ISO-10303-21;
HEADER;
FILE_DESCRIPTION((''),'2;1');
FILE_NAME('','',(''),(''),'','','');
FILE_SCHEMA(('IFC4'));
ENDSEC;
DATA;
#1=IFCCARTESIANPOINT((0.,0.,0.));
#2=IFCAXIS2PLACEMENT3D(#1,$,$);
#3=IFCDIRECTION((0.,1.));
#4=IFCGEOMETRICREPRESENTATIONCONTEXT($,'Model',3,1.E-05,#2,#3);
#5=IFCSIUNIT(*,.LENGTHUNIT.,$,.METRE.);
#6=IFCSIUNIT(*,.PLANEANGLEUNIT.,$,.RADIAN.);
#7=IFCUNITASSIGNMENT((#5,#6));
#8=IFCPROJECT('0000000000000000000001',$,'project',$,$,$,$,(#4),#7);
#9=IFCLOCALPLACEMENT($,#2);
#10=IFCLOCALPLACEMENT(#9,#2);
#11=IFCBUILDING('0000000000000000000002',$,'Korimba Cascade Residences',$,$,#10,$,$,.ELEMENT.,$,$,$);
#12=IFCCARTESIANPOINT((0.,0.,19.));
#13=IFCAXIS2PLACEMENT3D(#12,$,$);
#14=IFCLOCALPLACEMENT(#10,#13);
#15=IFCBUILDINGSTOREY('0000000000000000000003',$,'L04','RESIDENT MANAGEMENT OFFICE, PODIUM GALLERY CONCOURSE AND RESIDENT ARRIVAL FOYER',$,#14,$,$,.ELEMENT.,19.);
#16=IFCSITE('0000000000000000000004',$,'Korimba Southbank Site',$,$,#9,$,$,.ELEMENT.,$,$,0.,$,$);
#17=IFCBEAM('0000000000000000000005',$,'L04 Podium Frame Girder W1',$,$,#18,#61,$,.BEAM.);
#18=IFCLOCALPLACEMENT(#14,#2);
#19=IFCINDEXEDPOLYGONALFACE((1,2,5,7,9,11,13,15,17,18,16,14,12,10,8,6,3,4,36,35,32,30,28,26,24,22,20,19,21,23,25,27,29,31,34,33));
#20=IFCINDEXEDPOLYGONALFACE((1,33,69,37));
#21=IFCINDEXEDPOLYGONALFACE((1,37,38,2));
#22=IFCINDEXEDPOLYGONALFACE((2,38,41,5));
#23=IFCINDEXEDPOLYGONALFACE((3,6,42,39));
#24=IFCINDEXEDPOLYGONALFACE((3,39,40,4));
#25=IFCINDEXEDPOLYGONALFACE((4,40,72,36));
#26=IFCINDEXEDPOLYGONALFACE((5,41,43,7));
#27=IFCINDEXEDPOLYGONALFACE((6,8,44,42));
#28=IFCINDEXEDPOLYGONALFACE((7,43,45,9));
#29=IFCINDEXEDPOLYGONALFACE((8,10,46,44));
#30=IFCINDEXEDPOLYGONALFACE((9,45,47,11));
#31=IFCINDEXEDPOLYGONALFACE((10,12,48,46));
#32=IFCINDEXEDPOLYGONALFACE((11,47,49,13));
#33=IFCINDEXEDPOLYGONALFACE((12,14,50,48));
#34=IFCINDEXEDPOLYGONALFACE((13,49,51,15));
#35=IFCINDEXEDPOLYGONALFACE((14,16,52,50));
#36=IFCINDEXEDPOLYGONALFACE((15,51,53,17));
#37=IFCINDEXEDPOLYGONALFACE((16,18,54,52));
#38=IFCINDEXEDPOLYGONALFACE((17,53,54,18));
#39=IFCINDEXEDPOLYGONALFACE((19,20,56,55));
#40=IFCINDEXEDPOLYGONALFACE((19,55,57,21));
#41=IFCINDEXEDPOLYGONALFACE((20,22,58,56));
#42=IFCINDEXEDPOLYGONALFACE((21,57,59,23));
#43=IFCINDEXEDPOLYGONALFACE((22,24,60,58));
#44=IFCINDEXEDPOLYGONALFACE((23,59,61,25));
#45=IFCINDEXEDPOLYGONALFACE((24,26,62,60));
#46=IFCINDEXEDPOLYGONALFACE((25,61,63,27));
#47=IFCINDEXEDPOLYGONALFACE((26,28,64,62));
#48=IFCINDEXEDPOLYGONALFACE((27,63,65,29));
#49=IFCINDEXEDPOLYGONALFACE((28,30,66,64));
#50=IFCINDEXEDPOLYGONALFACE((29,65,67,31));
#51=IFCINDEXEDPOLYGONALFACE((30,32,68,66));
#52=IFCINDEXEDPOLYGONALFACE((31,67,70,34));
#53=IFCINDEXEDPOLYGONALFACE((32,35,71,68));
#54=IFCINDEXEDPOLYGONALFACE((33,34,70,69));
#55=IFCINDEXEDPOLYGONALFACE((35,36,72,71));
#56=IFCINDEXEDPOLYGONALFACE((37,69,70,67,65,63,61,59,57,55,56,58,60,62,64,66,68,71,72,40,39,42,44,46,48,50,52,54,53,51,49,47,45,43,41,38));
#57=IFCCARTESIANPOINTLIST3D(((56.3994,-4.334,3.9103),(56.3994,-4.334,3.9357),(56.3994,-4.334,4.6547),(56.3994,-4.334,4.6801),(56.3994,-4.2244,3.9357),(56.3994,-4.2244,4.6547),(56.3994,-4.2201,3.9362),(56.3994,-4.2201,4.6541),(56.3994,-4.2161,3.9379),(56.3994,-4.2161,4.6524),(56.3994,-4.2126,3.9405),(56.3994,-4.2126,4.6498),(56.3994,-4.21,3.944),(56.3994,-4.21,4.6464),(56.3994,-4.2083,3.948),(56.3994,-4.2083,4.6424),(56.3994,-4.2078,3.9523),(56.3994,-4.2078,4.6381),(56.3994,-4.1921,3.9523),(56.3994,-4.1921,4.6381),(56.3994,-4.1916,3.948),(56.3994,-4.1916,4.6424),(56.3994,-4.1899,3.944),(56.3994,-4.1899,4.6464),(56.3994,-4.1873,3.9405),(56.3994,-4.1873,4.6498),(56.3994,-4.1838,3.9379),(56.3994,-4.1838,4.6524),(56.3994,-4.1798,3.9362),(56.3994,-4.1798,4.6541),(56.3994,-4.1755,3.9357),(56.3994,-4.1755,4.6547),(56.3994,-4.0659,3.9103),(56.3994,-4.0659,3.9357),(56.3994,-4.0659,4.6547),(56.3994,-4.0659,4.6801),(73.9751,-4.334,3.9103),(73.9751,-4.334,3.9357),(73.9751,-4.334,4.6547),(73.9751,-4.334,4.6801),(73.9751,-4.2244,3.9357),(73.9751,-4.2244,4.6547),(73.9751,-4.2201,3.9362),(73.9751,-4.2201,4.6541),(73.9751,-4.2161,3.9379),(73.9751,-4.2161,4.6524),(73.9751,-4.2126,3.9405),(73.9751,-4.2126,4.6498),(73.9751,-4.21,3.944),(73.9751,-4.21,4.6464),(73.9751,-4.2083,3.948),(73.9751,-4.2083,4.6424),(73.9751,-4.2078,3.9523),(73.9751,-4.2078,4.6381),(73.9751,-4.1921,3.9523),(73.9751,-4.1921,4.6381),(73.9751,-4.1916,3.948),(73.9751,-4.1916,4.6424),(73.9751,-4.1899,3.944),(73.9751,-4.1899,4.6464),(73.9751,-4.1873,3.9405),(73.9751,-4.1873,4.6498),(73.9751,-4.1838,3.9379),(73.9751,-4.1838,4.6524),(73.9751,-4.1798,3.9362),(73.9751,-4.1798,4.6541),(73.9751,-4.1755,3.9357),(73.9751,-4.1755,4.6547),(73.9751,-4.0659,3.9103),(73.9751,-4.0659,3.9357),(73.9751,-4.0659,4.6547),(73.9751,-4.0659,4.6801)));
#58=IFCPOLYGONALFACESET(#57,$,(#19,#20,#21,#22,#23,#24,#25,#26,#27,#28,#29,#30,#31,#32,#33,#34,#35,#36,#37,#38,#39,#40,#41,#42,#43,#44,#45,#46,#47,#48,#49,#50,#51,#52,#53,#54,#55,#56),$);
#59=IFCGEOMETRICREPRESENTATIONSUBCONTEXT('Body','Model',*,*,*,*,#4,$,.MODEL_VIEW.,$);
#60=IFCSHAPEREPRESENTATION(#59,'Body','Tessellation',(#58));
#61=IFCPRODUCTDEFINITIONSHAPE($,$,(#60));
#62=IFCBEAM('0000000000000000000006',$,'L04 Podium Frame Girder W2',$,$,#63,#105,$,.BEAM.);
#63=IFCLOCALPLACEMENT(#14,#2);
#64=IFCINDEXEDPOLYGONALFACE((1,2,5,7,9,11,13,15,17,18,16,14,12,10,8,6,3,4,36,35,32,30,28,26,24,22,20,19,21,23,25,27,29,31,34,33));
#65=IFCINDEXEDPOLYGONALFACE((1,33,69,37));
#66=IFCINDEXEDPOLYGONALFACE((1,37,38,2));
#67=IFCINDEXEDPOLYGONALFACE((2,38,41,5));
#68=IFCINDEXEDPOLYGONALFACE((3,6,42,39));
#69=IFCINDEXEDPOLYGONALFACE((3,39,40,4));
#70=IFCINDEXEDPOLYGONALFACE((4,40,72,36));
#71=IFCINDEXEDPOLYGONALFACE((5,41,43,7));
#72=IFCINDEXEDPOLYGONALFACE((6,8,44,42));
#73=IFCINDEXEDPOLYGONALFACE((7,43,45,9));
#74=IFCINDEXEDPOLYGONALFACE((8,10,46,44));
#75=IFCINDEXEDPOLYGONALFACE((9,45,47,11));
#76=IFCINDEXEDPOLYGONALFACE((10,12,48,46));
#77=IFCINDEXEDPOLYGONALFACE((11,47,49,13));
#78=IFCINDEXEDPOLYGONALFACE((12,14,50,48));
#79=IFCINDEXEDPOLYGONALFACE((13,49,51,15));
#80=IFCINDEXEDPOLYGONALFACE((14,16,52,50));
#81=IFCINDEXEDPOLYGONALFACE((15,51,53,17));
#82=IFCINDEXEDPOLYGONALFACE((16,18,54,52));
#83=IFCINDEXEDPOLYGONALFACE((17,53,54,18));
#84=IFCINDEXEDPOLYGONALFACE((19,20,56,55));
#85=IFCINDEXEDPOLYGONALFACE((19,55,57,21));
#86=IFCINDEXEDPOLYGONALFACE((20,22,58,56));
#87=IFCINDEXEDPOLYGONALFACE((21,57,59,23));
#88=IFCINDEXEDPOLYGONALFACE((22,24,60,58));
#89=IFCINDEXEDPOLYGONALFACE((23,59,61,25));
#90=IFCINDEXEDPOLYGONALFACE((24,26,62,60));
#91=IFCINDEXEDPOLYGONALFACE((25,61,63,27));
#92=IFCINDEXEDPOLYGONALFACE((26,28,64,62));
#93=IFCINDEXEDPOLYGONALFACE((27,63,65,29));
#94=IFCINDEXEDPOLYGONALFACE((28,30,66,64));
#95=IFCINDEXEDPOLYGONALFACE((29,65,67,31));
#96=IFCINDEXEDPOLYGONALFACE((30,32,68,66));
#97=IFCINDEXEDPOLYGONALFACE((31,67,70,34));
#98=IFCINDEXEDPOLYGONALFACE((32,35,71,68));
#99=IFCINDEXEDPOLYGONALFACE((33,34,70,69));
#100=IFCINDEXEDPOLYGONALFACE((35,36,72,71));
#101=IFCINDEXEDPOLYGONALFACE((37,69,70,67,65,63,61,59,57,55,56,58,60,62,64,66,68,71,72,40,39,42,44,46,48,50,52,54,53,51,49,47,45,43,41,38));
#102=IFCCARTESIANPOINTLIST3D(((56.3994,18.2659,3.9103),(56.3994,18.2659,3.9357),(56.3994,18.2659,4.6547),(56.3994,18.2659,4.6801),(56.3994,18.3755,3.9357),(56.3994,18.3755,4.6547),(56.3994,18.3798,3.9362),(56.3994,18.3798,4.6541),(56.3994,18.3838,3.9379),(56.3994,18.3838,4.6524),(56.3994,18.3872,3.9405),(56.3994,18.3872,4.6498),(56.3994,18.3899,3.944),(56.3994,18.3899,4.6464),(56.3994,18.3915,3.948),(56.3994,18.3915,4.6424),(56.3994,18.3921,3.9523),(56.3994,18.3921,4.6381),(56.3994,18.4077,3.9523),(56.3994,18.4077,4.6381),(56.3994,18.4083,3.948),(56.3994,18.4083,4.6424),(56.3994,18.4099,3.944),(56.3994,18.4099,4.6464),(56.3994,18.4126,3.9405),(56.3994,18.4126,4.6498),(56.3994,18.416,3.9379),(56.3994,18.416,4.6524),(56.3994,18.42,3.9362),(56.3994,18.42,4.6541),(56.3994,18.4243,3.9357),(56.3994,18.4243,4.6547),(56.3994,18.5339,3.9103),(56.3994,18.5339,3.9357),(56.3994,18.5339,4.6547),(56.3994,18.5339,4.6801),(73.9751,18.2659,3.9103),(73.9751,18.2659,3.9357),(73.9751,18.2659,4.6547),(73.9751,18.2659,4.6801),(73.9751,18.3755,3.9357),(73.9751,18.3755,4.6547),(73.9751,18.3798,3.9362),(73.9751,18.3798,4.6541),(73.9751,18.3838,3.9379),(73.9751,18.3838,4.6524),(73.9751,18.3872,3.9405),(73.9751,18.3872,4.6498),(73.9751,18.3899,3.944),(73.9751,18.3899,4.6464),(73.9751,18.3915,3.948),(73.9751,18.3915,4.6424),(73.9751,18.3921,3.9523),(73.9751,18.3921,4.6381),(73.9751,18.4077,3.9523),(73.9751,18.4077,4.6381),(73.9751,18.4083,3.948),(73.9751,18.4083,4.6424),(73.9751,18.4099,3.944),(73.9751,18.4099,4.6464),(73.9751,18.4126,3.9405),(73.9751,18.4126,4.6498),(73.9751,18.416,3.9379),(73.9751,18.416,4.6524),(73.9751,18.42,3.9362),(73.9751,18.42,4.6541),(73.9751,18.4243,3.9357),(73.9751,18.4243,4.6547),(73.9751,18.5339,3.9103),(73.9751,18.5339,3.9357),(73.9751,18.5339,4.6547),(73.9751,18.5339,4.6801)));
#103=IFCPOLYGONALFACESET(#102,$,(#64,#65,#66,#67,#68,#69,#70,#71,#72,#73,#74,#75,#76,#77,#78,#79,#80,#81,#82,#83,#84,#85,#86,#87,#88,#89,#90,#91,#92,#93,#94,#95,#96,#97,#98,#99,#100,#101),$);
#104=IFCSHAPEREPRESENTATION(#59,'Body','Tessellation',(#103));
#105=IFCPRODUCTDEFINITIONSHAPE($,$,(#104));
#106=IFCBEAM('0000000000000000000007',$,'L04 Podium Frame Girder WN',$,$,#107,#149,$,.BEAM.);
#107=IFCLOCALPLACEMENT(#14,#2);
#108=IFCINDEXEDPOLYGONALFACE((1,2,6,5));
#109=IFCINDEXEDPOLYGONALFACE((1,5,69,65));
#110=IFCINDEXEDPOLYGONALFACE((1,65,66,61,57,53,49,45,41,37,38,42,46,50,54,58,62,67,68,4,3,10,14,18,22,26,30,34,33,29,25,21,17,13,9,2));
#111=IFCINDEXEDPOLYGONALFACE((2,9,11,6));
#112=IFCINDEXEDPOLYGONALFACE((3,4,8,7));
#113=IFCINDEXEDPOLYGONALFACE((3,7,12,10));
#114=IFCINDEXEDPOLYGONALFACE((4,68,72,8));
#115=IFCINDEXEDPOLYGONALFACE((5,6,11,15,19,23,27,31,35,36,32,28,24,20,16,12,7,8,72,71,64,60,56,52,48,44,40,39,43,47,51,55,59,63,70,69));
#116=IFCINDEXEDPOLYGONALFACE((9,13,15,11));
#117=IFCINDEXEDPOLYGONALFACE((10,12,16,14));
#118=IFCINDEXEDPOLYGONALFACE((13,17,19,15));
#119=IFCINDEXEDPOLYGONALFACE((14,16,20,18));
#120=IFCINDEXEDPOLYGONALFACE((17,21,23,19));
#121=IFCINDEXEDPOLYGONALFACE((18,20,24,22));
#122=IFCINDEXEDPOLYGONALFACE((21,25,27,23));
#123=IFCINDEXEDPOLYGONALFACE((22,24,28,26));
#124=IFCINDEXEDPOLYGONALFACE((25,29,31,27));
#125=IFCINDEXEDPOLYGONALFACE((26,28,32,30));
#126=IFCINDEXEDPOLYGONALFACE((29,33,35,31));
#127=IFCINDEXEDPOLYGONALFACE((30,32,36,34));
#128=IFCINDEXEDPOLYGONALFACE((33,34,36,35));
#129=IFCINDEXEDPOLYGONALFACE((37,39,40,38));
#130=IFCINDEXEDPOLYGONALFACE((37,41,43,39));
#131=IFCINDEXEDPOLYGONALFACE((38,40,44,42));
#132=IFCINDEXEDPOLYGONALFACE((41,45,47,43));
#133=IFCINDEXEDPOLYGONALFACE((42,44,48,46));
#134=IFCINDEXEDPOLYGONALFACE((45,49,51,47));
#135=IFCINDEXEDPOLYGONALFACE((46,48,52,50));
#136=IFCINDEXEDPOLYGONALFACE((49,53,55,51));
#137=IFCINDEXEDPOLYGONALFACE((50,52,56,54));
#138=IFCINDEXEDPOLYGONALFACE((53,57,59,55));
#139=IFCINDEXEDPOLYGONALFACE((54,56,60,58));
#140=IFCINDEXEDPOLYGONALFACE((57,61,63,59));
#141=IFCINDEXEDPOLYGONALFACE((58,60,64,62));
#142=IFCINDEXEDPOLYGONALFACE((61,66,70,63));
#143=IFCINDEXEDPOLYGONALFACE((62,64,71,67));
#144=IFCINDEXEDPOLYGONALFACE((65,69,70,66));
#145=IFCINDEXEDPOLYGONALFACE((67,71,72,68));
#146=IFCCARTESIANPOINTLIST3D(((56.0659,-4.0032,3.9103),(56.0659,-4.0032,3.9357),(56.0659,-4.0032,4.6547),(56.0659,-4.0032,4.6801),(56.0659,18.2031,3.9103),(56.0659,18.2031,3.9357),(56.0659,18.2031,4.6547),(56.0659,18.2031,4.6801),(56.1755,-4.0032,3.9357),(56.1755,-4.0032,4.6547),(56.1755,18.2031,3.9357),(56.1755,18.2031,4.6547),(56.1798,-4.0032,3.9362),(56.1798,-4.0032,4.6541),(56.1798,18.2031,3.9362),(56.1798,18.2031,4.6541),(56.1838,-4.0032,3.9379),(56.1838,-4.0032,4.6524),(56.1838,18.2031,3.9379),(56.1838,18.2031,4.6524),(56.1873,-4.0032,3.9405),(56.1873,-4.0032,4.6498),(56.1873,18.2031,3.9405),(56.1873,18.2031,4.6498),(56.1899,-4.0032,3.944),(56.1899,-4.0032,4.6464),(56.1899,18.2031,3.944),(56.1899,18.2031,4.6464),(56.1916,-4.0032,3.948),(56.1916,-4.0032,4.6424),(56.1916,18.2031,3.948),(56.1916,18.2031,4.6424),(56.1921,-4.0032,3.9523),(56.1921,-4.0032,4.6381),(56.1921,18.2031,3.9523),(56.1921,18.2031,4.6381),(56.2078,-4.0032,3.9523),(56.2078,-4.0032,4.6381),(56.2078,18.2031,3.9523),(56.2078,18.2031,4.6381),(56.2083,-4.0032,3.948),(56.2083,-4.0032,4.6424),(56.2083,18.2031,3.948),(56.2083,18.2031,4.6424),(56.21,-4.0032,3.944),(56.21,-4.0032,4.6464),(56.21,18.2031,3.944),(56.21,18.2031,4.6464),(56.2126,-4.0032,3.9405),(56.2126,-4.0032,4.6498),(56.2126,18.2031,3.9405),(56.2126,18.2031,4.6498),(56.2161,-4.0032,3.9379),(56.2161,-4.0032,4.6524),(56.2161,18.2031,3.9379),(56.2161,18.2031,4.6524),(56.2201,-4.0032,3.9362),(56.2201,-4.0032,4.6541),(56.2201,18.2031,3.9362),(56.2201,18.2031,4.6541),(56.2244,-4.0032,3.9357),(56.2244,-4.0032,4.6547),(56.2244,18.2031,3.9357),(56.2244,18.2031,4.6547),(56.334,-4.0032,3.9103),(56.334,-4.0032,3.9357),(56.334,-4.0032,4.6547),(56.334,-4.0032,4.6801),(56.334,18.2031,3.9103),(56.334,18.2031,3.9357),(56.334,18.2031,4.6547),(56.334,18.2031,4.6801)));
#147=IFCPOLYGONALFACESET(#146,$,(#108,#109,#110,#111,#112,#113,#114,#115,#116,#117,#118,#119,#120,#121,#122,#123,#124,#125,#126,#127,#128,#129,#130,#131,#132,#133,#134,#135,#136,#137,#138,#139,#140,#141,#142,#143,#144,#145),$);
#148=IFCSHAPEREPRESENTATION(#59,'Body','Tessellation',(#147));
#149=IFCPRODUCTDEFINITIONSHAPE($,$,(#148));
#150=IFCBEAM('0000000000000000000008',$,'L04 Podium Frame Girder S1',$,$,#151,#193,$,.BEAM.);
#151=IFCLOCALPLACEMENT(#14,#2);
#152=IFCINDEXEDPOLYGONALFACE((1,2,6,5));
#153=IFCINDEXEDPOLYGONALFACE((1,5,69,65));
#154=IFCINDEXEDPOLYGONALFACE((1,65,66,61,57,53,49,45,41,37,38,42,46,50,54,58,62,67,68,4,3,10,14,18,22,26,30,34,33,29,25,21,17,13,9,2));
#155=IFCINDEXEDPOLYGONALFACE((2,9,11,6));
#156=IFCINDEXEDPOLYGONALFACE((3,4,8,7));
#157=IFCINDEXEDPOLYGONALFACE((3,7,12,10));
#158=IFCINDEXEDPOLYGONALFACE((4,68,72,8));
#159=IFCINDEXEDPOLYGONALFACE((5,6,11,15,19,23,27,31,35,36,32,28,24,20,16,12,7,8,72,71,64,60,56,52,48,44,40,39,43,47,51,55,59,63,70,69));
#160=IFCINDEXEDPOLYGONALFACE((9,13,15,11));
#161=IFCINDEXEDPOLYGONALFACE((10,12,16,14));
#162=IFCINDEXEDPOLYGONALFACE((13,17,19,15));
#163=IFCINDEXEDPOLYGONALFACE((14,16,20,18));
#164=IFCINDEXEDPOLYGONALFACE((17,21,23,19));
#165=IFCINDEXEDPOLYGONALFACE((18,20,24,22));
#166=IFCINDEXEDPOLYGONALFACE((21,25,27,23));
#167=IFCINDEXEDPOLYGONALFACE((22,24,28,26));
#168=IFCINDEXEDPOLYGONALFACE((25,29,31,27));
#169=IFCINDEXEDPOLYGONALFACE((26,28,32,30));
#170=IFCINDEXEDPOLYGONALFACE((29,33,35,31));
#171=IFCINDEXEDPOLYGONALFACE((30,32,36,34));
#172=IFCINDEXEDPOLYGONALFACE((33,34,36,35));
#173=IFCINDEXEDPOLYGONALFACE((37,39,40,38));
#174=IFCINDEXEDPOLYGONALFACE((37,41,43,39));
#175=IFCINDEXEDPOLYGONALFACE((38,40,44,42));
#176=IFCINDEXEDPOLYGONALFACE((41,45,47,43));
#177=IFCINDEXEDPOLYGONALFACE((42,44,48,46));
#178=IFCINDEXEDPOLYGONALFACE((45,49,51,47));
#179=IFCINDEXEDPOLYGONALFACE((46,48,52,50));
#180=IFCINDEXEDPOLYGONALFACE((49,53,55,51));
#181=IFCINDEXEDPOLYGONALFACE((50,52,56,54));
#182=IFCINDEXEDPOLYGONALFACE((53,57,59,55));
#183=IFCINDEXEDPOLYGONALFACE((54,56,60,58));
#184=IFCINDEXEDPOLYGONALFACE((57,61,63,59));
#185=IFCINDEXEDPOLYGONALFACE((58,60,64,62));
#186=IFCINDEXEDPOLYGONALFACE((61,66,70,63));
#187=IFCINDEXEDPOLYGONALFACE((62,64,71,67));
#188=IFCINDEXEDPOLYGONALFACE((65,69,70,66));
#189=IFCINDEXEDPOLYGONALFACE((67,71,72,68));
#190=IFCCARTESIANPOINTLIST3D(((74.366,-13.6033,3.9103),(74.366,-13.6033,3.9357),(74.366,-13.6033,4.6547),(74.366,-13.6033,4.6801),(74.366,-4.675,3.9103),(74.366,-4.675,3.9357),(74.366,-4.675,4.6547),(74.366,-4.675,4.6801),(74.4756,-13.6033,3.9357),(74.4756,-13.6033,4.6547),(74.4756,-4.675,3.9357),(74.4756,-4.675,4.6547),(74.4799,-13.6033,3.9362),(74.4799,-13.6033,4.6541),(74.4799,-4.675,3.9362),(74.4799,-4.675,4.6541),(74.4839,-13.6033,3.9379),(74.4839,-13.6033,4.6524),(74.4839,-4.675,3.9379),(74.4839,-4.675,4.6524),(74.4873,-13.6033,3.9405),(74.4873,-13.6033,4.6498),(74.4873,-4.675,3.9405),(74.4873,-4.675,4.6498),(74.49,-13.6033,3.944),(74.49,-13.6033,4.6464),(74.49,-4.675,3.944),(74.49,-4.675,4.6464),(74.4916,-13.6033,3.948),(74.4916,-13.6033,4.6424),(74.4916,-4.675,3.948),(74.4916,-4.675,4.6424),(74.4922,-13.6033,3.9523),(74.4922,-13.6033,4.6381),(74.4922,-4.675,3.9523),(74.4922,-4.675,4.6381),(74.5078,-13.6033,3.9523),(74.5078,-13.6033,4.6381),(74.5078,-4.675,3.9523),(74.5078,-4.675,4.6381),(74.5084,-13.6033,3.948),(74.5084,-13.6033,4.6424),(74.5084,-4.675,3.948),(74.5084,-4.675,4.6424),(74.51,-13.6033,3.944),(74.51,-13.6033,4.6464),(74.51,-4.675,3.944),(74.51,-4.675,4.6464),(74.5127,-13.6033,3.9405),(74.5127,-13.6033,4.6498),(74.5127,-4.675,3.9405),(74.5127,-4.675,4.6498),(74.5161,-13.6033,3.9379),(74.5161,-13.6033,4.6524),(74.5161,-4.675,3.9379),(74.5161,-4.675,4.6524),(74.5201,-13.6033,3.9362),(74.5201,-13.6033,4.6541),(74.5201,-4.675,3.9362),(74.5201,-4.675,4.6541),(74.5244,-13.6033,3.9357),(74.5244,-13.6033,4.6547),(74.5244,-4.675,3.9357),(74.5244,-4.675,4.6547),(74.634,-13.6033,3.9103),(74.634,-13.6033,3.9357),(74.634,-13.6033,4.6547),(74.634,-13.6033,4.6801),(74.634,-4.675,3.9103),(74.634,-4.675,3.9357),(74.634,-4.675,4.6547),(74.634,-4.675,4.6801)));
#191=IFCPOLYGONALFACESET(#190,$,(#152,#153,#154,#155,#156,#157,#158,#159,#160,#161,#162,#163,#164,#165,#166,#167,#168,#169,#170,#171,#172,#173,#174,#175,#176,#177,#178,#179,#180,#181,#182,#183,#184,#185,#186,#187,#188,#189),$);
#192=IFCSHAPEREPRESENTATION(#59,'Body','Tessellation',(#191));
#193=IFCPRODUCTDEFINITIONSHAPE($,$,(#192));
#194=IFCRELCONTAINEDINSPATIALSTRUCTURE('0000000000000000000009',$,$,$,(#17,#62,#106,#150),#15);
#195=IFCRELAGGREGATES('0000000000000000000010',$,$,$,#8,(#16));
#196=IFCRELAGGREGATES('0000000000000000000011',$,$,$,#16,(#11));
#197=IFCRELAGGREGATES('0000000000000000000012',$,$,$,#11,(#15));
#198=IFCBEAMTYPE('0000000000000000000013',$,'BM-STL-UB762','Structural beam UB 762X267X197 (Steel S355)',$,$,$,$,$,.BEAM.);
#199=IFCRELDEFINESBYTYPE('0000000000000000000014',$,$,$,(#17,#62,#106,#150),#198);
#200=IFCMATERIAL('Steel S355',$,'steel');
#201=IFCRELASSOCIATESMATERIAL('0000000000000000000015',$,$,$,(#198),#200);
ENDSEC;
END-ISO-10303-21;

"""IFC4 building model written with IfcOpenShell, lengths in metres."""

from ifc_helpers import new_model, si_unit, direction, frame, origin, origin_2d, place, context, subcontext, project, spatial, i_section, extrude, material, material_profile, profile_set, type_object, element, save


model = new_model("IFC4")

# Units and contexts
model_context = context("Model", 3, precision=1e-05, world=origin(), true_north=direction((0.0, 1.0)))
body_context = subcontext(model_context, "Body", "Model", "MODEL_VIEW")
ifc_project = project(units=[si_unit("LENGTHUNIT", "METRE"), si_unit("PLANEANGLEUNIT", "RADIAN")], contexts=[model_context])

# Site, building, storey
site_placement = place(None, origin())
site = spatial("IfcSite", under=ifc_project, at=site_placement, Name="Korimba Southbank Site", CompositionType="ELEMENT", RefElevation=0.0)
building_placement = place(site_placement, origin())
building = spatial("IfcBuilding", under=site, at=building_placement, Name="Korimba Cascade Residences", CompositionType="ELEMENT")
storey_placement = place(building_placement, frame((0.0, 0.0, 19.0)))
storey = spatial("IfcBuildingStorey", under=building, at=storey_placement, Name="L04", Description="RESIDENT MANAGEMENT OFFICE, PODIUM GALLERY CONCOURSE AND RESIDENT ARRIVAL FOYER", CompositionType="ELEMENT", Elevation=19.0)

# Shared definitions
ifc_material_1 = material(Name="Steel S355", Category="steel")

# Beams
ifc_material_profile_1 = material_profile(ifc_material_1, i_section(OverallWidth=0.2681, OverallDepth=0.7698, WebThickness=0.0156, FlangeThickness=0.0254, FilletRadius=0.0166, at=origin_2d()), Name="Steel S355")
ifc_profile_set_1 = profile_set([ifc_material_profile_1], Name="Steel S355")
beam_type_1 = type_object("IfcBeamType", Name="BM-STL-UB762", Description="Structural beam UB 762X267X197 (Steel S355)", PredefinedType="BEAM", material=ifc_profile_set_1)
for number, where, z_axis, x_axis, name in (
    (1, (56.3994, -4.2, 4.2952), (1.0, 0.0, 0.0), (0.0, 1.0, 0.0), "L04 Podium Frame Girder W1"),
    (2, (56.3994, 18.3999, 4.2952), (1.0, 0.0, 0.0), (0.0, 1.0, 0.0), "L04 Podium Frame Girder W2"),
):
    element("IfcBeam", number, at=place(storey_placement, frame(where, z_axis=z_axis, x_axis=x_axis)), inside=storey, type_object=beam_type_1, Name=name, PredefinedType="BEAM", context=body_context, shape_type="SweptSolid", body=[
        extrude(i_section(OverallWidth=0.2681, OverallDepth=0.7698, WebThickness=0.0156, FlangeThickness=0.0254, FilletRadius=0.0166, at=origin_2d()), origin(), (0.0, 0.0, 1.0), 17.5757),
    ])
beam_1_placement = place(storey_placement, frame((56.2, -4.0032, 4.2952), z_axis=(0.0, 1.0, 0.0), x_axis=(-1.0, 0.0, 0.0)))
element("IfcBeam", 3, at=beam_1_placement, inside=storey, type_object=beam_type_1, Name="L04 Podium Frame Girder WN", PredefinedType="BEAM", context=body_context, shape_type="SweptSolid", body=[
    extrude(i_section(OverallWidth=0.2681, OverallDepth=0.7698, WebThickness=0.0156, FlangeThickness=0.0254, FilletRadius=0.0166, at=origin_2d()), origin(), (0.0, 0.0, 1.0), 22.2063),
])
beam_2_placement = place(storey_placement, frame((74.5, -13.6033, 4.2952), z_axis=(0.0, 1.0, 0.0), x_axis=(-1.0, 0.0, 0.0)))
element("IfcBeam", 4, at=beam_2_placement, inside=storey, type_object=beam_type_1, Name="L04 Podium Frame Girder S1", PredefinedType="BEAM", context=body_context, shape_type="SweptSolid", body=[
    extrude(i_section(OverallWidth=0.2681, OverallDepth=0.7698, WebThickness=0.0156, FlangeThickness=0.0254, FilletRadius=0.0166, at=origin_2d()), origin(), (0.0, 0.0, 1.0), 8.9282),
])

save(model, "model.ifc")
